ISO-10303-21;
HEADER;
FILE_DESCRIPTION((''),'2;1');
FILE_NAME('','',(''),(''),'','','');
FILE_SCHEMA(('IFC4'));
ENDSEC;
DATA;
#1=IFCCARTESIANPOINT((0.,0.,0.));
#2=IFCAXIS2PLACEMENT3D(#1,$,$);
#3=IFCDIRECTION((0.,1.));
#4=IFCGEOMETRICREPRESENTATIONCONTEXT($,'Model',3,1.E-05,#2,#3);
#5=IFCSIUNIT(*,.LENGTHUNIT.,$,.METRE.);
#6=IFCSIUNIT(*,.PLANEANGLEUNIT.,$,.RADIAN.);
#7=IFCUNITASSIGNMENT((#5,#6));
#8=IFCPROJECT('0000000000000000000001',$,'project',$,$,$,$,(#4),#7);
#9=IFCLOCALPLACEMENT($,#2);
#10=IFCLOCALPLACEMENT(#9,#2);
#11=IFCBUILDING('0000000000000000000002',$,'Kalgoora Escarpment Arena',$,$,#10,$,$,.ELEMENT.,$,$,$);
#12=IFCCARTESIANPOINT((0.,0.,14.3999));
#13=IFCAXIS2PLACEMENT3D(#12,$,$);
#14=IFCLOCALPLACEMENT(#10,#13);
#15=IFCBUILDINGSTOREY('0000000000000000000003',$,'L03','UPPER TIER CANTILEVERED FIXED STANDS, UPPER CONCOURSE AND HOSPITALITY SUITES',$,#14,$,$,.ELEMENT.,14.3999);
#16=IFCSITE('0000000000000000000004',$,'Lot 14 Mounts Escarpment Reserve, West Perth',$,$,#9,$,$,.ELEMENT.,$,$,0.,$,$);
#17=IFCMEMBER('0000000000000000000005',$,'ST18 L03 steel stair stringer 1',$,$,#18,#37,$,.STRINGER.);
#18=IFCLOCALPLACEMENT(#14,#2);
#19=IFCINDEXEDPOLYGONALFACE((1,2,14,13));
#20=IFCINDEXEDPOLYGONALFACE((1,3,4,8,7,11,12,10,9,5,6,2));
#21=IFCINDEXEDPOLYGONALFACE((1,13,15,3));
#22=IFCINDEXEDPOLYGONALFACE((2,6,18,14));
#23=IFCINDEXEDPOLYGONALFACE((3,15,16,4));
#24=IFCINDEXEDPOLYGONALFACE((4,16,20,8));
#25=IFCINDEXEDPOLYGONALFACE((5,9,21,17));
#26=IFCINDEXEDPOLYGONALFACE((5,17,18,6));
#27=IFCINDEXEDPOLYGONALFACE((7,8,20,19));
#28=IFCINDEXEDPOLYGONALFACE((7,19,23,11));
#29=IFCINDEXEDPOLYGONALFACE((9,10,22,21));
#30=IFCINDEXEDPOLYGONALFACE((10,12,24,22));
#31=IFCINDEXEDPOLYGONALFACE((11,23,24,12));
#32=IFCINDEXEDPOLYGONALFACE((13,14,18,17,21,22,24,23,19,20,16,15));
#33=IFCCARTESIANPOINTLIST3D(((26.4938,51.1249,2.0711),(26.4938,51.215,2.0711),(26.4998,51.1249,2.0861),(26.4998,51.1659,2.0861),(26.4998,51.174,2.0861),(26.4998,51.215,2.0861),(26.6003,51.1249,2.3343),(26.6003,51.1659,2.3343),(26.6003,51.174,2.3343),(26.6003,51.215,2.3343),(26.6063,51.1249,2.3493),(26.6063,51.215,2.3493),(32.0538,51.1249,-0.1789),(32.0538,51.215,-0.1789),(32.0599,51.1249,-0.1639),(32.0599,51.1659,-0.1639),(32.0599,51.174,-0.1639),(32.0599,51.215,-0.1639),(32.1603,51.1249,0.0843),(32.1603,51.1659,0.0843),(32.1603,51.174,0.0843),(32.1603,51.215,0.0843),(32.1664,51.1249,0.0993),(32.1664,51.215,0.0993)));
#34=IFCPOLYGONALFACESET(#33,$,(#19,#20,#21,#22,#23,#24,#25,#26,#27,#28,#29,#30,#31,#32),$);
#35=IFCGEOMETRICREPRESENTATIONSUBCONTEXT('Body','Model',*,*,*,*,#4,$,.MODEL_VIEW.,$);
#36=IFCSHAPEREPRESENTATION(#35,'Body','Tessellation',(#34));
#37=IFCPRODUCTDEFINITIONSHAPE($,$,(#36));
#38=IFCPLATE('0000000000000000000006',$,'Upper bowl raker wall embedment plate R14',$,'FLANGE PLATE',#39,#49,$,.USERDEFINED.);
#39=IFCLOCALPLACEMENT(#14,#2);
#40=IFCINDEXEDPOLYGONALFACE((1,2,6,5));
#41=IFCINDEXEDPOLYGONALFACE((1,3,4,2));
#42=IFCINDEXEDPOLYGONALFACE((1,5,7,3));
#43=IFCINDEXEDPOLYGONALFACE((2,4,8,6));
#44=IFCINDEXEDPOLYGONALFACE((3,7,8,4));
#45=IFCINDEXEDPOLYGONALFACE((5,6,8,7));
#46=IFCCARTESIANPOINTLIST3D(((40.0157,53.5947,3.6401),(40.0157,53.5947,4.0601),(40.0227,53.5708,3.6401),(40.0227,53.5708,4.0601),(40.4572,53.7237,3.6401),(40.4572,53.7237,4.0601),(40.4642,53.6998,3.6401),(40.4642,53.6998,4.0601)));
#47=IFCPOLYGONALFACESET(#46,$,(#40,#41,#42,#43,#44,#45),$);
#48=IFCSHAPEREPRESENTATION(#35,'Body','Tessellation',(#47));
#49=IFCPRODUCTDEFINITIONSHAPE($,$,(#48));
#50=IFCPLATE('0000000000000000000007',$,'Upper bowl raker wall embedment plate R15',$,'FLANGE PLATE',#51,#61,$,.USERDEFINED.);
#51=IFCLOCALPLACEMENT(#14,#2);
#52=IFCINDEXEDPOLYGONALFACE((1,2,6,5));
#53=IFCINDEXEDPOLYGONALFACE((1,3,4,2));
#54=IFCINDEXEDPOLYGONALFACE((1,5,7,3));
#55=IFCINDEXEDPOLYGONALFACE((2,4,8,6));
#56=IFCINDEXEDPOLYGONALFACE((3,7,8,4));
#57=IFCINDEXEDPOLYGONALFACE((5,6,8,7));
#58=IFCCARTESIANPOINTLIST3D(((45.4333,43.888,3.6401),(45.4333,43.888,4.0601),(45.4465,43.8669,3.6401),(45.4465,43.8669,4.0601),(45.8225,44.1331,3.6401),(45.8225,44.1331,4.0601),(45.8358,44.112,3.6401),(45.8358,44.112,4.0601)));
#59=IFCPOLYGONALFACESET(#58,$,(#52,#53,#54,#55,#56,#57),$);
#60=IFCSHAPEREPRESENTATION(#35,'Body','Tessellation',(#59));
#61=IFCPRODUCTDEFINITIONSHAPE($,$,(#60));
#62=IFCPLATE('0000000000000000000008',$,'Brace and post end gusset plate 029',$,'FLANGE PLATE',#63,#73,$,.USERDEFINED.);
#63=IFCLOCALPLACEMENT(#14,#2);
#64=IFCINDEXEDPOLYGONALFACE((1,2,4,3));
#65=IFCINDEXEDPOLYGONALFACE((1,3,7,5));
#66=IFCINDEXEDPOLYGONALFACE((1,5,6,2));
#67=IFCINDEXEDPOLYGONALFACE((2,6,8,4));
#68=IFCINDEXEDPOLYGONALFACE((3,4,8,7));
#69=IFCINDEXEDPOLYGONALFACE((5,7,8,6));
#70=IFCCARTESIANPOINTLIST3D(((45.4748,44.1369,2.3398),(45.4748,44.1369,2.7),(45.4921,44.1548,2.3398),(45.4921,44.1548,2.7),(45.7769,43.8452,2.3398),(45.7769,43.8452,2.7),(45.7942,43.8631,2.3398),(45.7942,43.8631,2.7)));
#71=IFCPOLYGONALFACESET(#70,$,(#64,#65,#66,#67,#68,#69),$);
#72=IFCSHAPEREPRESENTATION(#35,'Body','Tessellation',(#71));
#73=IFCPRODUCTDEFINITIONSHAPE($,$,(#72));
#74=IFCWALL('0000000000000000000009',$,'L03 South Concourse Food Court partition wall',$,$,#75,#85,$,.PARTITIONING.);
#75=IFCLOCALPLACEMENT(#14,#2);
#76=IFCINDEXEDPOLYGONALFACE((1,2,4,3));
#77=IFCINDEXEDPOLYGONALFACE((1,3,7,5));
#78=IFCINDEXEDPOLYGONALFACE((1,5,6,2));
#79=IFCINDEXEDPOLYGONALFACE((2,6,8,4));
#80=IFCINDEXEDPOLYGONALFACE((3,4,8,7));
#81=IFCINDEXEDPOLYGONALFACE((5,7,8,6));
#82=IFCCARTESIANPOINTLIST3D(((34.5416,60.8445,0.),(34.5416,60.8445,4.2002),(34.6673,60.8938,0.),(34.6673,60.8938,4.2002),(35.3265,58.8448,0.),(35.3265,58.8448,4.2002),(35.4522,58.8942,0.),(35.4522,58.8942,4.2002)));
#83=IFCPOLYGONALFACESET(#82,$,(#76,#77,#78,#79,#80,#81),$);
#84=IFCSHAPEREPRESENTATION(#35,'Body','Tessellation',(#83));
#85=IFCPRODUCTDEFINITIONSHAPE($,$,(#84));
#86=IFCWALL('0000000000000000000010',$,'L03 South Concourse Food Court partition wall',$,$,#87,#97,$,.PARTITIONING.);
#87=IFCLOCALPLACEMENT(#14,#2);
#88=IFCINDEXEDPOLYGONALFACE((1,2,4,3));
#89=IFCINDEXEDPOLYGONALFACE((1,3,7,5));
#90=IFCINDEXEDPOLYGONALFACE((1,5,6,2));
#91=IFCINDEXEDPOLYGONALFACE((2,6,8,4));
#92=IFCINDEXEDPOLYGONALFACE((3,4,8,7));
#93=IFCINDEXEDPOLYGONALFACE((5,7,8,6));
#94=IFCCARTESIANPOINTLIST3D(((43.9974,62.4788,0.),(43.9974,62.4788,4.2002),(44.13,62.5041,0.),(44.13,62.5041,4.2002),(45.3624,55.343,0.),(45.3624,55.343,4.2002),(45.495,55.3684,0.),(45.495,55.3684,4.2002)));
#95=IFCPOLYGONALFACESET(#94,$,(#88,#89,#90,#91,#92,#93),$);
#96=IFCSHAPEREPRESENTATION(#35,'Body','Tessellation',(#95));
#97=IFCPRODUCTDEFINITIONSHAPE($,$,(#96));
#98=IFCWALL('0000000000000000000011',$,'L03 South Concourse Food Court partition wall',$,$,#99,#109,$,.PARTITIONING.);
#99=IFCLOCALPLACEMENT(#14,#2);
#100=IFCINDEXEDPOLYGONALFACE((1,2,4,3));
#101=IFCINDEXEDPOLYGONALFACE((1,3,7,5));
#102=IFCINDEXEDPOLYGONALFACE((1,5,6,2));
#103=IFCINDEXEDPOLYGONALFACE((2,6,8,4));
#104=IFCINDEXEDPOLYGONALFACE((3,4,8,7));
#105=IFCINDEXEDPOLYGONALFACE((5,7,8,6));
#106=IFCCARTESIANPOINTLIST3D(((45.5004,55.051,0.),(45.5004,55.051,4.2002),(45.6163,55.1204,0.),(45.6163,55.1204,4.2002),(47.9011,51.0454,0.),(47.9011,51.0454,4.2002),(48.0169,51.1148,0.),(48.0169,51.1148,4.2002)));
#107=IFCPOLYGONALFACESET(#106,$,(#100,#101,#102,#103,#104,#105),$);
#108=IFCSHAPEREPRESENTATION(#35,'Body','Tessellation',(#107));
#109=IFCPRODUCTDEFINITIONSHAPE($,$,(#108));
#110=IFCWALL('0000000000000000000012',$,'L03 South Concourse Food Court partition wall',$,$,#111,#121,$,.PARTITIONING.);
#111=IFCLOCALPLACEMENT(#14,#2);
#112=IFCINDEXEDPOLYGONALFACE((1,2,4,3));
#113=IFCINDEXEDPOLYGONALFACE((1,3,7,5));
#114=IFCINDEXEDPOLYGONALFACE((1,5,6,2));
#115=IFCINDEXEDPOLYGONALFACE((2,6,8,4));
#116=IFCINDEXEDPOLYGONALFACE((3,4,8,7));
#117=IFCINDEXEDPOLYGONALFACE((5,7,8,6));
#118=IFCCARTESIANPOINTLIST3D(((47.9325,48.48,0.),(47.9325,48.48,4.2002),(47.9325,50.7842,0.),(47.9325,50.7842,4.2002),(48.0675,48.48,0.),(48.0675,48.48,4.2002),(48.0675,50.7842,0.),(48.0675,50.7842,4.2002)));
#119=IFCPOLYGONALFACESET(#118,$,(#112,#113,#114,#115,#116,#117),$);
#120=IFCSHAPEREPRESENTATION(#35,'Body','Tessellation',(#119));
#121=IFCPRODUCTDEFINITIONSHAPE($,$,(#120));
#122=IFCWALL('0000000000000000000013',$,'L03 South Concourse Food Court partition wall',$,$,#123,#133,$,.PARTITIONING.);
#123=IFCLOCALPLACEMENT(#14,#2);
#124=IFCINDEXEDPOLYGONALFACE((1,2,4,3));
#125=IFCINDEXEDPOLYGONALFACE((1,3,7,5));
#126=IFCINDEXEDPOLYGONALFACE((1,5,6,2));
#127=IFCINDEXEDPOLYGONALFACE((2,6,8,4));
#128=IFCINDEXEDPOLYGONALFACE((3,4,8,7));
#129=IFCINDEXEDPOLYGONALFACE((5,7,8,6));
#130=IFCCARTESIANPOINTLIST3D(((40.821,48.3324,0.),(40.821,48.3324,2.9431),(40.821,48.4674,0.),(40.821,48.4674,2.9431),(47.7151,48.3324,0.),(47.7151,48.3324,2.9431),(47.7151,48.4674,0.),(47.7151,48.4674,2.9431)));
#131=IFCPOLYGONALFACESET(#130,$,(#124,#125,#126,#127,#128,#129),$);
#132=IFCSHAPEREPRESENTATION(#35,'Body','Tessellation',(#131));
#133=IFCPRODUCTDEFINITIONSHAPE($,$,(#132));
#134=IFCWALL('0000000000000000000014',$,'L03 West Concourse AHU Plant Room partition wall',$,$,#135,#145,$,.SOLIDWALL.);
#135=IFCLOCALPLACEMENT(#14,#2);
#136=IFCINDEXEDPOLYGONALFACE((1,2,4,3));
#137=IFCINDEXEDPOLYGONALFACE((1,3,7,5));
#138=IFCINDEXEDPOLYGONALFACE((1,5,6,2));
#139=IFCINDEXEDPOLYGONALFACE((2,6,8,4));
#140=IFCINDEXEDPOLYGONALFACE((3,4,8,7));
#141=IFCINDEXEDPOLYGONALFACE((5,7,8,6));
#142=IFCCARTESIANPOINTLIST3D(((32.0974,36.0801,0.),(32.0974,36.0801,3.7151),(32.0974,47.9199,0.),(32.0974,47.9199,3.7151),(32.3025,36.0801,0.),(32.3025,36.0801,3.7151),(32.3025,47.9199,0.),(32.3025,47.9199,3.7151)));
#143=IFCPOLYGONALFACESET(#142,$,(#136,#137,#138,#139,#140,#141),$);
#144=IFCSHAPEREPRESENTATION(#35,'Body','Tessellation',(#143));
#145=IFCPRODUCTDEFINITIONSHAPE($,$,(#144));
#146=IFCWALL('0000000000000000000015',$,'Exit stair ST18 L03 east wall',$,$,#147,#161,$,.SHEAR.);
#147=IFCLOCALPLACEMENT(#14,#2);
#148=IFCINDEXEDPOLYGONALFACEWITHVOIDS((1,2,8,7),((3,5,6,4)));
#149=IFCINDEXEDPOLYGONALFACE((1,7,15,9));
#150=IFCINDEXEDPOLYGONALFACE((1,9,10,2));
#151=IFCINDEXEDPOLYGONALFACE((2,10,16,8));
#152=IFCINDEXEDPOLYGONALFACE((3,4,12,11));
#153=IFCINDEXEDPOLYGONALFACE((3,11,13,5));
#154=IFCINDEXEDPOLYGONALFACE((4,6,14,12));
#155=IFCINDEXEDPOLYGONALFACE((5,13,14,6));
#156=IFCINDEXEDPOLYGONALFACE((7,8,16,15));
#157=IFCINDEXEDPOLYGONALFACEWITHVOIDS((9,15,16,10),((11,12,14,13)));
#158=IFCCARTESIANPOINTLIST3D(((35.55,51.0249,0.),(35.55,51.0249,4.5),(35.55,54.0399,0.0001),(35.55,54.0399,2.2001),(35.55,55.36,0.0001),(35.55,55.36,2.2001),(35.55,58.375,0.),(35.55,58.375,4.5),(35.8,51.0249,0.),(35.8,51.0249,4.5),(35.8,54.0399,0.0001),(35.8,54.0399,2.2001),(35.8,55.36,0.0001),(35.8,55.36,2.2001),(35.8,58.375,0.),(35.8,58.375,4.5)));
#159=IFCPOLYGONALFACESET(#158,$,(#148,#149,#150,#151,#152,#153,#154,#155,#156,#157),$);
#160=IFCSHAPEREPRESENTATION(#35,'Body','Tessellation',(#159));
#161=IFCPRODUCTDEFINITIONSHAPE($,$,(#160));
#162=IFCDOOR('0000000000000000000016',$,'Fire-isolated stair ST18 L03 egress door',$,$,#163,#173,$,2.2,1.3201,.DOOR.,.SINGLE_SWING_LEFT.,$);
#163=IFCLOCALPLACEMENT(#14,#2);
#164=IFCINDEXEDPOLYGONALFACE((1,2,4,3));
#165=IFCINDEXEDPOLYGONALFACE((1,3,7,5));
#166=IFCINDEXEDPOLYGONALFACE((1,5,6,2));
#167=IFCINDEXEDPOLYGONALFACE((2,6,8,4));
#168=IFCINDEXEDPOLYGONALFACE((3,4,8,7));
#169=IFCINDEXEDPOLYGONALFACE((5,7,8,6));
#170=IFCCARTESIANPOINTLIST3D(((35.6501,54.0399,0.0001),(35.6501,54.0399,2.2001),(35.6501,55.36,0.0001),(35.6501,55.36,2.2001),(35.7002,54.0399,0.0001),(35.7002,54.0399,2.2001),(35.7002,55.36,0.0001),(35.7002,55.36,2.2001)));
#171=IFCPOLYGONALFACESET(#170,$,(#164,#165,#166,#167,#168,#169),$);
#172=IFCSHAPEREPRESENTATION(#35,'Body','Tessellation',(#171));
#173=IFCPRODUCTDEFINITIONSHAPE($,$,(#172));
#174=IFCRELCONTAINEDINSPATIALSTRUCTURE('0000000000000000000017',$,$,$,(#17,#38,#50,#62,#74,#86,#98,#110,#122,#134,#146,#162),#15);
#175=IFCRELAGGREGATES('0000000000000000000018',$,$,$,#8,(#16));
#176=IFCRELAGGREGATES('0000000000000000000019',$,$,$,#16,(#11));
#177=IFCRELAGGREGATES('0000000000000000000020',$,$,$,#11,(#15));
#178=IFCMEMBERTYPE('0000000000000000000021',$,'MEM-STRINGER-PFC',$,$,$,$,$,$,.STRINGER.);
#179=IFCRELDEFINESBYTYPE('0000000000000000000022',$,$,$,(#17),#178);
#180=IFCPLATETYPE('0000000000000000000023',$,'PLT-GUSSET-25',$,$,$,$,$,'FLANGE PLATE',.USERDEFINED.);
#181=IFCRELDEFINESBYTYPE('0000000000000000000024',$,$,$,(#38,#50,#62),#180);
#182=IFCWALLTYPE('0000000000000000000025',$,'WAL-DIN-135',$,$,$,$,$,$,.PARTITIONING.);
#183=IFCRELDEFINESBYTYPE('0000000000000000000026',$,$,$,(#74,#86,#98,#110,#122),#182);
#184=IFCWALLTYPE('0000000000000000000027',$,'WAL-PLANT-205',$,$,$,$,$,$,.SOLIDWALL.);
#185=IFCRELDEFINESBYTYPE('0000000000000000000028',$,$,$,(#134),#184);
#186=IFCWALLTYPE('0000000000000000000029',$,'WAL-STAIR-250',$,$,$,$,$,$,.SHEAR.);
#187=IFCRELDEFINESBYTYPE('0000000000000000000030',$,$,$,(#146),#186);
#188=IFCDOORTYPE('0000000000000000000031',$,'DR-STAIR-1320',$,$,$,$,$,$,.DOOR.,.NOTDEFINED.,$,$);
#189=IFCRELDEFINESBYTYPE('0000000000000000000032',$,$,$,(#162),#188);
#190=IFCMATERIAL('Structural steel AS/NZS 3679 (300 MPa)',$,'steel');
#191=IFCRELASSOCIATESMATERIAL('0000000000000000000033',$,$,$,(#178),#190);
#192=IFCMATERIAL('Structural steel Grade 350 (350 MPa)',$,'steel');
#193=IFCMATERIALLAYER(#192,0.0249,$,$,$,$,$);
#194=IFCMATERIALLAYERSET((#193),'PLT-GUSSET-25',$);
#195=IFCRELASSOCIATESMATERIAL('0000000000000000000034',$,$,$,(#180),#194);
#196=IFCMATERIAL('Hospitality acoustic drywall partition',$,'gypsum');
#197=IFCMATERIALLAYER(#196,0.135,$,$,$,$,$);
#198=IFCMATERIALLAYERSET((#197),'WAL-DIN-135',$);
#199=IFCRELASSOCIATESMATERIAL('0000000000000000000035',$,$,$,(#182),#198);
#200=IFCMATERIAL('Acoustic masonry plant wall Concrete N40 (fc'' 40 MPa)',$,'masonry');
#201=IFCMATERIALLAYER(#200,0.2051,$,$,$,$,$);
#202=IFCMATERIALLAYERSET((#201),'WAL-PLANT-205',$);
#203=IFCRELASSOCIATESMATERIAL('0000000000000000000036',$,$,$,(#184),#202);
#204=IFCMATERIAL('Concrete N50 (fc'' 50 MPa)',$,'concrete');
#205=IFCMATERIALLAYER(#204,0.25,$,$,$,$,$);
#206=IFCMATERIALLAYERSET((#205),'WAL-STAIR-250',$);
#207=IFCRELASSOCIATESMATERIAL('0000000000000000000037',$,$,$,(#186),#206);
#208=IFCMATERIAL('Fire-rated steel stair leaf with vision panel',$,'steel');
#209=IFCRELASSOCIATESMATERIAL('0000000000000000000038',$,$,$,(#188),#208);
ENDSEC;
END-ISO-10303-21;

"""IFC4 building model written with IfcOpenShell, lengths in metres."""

from ifc_helpers import new_model, si_unit, direction, frame, frame_2d, origin, origin_2d, place, context, subcontext, project, spatial, rectangle, i_section, extrude, material, layer, layer_set, material_profile, profile_set, type_object, element, fill, save


model = new_model("IFC4")

# Units and contexts
model_context = context("Model", 3, precision=1e-05, world=origin(), true_north=direction((0.0, 1.0)))
body_context = subcontext(model_context, "Body", "Model", "MODEL_VIEW")
ifc_project = project(units=[si_unit("LENGTHUNIT", "METRE"), si_unit("PLANEANGLEUNIT", "RADIAN")], contexts=[model_context])

# Site, building, storey
site_placement = place(None, origin())
site = spatial("IfcSite", under=ifc_project, at=site_placement, Name="Lot 14 Mounts Escarpment Reserve, West Perth", CompositionType="ELEMENT", RefElevation=0.0)
building_placement = place(site_placement, origin())
building = spatial("IfcBuilding", under=site, at=building_placement, Name="Kalgoora Escarpment Arena", CompositionType="ELEMENT")
storey_placement = place(building_placement, frame((0.0, 0.0, 14.3999)))
storey = spatial("IfcBuildingStorey", under=building, at=storey_placement, Name="L03", Description="UPPER TIER CANTILEVERED FIXED STANDS, UPPER CONCOURSE AND HOSPITALITY SUITES", CompositionType="ELEMENT", Elevation=14.3999)

# Member
ifc_material_1 = material(Name="Structural steel AS/NZS 3679 (300 MPa)", Category="steel")
ifc_material_profile_1 = material_profile(ifc_material_1, i_section(OverallWidth=0.0901, OverallDepth=0.3, WebThickness=0.0081, FlangeThickness=0.0161, at=origin_2d()))
ifc_profile_set_1 = profile_set([ifc_material_profile_1], Name="Structural steel AS/NZS 3679 (300 MPa)")
member_type_1 = type_object("IfcMemberType", Name="MEM-STRINGER-PFC", PredefinedType="STRINGER", material=ifc_profile_set_1)
member_1_placement = place(storey_placement, frame((32.1101, 51.1699, -0.0398), z_axis=(-0.926976, 0.0, 0.375121), x_axis=(0.0, -1.0, 0.0)))
element("IfcMember", 1, at=member_1_placement, inside=storey, type_object=member_type_1, Name="ST18 L03 steel stair stringer 1", PredefinedType="STRINGER", context=body_context, shape_type="SweptSolid", body=[
    extrude(i_section(OverallWidth=0.0901, OverallDepth=0.3, WebThickness=0.0081, FlangeThickness=0.0161, at=origin_2d()), origin(), (0.0, 0.0, 1.0), 5.998),
])

# Plates
ifc_material_2 = material(Name="Structural steel Grade 350 (350 MPa)", Category="steel")
ifc_layer_1 = layer(ifc_material_2, 0.0249)
ifc_layer_set_1 = layer_set([ifc_layer_1], Name="PLT-GUSSET-25")
plate_type = type_object("IfcPlateType", Name="PLT-GUSSET-25", ElementType="FLANGE PLATE", PredefinedType="USERDEFINED", material=ifc_layer_set_1)
for number, where, z_axis, x_axis, name in (
    (2, (40.24, 53.6472, 3.6401), (0.0, 0.0, 1.0), (-0.959854, -0.280499, 0.0), "Upper bowl raker wall embedment plate R14"),
    (3, (45.6345, 44.0, 3.6401), (0.0, 0.0, 1.0), (-0.846193, -0.532876, 0.0), "Upper bowl raker wall embedment plate R15"),
):
    element("IfcPlate", number, at=place(storey_placement, frame(where, z_axis=z_axis, x_axis=x_axis)), inside=storey, type_object=plate_type, Name=name, ObjectType="FLANGE PLATE", PredefinedType="USERDEFINED", context=body_context, shape_type="SweptSolid", body=[
        extrude(rectangle(XDim=0.46, YDim=0.0249, at=origin_2d()), origin(), (0.0, 0.0, 1.0), 0.4199),
    ])
plate_placement = place(storey_placement, frame((45.6345, 44.0, 2.3398), z_axis=(0.0, 0.0, 1.0), x_axis=(0.71934, -0.694658, 0.0)))
element("IfcPlate", 4, at=plate_placement, inside=storey, type_object=plate_type, Name="Brace and post end gusset plate 029", ObjectType="FLANGE PLATE", PredefinedType="USERDEFINED", context=body_context, shape_type="SweptSolid", body=[
    extrude(rectangle(XDim=0.4199, YDim=0.0249, at=origin_2d()), origin(), (0.0, 0.0, 1.0), 0.3601),
])

# Walls
ifc_material_3 = material(Name="Hospitality acoustic drywall partition", Category="gypsum")
ifc_layer_2 = layer(ifc_material_3, 0.135)
ifc_layer_set_2 = layer_set([ifc_layer_2], Name="WAL-DIN-135")
wall_type_1 = type_object("IfcWallType", Name="WAL-DIN-135", PredefinedType="PARTITIONING", material=ifc_layer_set_2)
wall_1_placement = place(storey_placement, frame((35.3894, 58.8694, 0.0), z_axis=(0.0, 0.0, 1.0), x_axis=(-0.365368, 0.930863, 0.0)))
element("IfcWall", 5, at=wall_1_placement, inside=storey, type_object=wall_type_1, Name="L03 South Concourse Food Court partition wall", PredefinedType="PARTITIONING", context=body_context, shape_type="SweptSolid", body=[
    extrude(rectangle(XDim=2.1482, YDim=0.135, at=frame_2d((1.0742, 0.0))), origin(), (0.0, 0.0, 1.0), 4.2002),
])
wall_2_placement = place(storey_placement, frame((44.0637, 62.4915, 0.0), z_axis=(0.0, 0.0, 1.0), x_axis=(0.187883, -0.982191, 0.0)))
element("IfcWall", 6, at=wall_2_placement, inside=storey, type_object=wall_type_1, Name="L03 South Concourse Food Court partition wall", PredefinedType="PARTITIONING", context=body_context, shape_type="SweptSolid", body=[
    extrude(rectangle(XDim=7.2651, YDim=0.135, at=frame_2d((3.6326, 0.0))), origin(), (0.0, 0.0, 1.0), 4.2002),
])
wall_3_placement = place(storey_placement, frame((45.5583, 55.0857, 0.0), z_axis=(0.0, 0.0, 1.0), x_axis=(0.514065, -0.857751, 0.0)))
element("IfcWall", 7, at=wall_3_placement, inside=storey, type_object=wall_type_1, Name="L03 South Concourse Food Court partition wall", PredefinedType="PARTITIONING", context=body_context, shape_type="SweptSolid", body=[
    extrude(rectangle(XDim=4.6699, YDim=0.135, at=frame_2d((2.335, 0.0))), origin(), (0.0, 0.0, 1.0), 4.2002),
])
wall_4_placement = place(storey_placement, frame((48.0, 50.7842, 0.0), z_axis=(0.0, 0.0, 1.0), x_axis=(0.0, -1.0, 0.0)))
element("IfcWall", 8, at=wall_4_placement, inside=storey, type_object=wall_type_1, Name="L03 South Concourse Food Court partition wall", PredefinedType="PARTITIONING", context=body_context, shape_type="SweptSolid", body=[
    extrude(rectangle(XDim=2.3042, YDim=0.135, at=frame_2d((1.1521, 0.0))), origin(), (0.0, 0.0, 1.0), 4.2002),
])
wall_5_placement = place(storey_placement, frame((47.7151, 48.3999, 0.0), z_axis=(0.0, 0.0, 1.0), x_axis=(-1.0, 0.0, 0.0)))
element("IfcWall", 9, at=wall_5_placement, inside=storey, type_object=wall_type_1, Name="L03 South Concourse Food Court partition wall", PredefinedType="PARTITIONING", context=body_context, shape_type="SweptSolid", body=[
    extrude(rectangle(XDim=6.894, YDim=0.135, at=frame_2d((3.447, 0.0))), origin(), (0.0, 0.0, 1.0), 2.9431),
])
ifc_material_4 = material(Name="Acoustic masonry plant wall Concrete N40 (fc' 40 MPa)", Category="masonry")
ifc_layer_3 = layer(ifc_material_4, 0.2051)
ifc_layer_set_3 = layer_set([ifc_layer_3], Name="WAL-PLANT-205")
wall_type_2 = type_object("IfcWallType", Name="WAL-PLANT-205", PredefinedType="SOLIDWALL", material=ifc_layer_set_3)
wall_6_placement = place(storey_placement, frame((32.2, 47.9199, 0.0), z_axis=(0.0, 0.0, 1.0), x_axis=(0.0, -1.0, 0.0)))
element("IfcWall", 10, at=wall_6_placement, inside=storey, type_object=wall_type_2, Name="L03 West Concourse AHU Plant Room partition wall", PredefinedType="SOLIDWALL", context=body_context, shape_type="SweptSolid", body=[
    extrude(rectangle(XDim=11.8398, YDim=0.2051, at=frame_2d((5.9199, 0.0))), origin(), (0.0, 0.0, 1.0), 3.7151),
])

# Wall, opening, door
ifc_material_5 = material(Name="Concrete N50 (fc' 50 MPa)", Category="concrete")
ifc_layer_4 = layer(ifc_material_5, 0.25)
ifc_layer_set_4 = layer_set([ifc_layer_4], Name="WAL-STAIR-250")
wall_type_3 = type_object("IfcWallType", Name="WAL-STAIR-250", PredefinedType="SHEAR", material=ifc_layer_set_4)
wall_7_placement = place(storey_placement, frame((35.675, 51.0249, 0.0), z_axis=(0.0, 0.0, 1.0), x_axis=(0.0, 1.0, 0.0)))
wall_7 = element("IfcWall", 11, at=wall_7_placement, inside=storey, type_object=wall_type_3, Name="Exit stair ST18 L03 east wall", PredefinedType="SHEAR", context=body_context, shape_type="SweptSolid", body=[
    extrude(rectangle(XDim=7.3501, YDim=0.25, at=frame_2d((3.675, 0.0))), origin(), (0.0, 0.0, 1.0), 4.5),
])
opening_1_placement = place(wall_7_placement, frame((3.0149, 0.0, 0.0)))
opening_1 = element("IfcOpeningElement", 12, at=opening_1_placement, cuts=wall_7, PredefinedType="OPENING", context=body_context, shape_type="SweptSolid", body=[
    extrude(rectangle(XDim=1.3201, YDim=2.2, at=frame_2d((0.6602, 1.1001))), frame((0.0, 0.135, 0.0), z_axis=(0.0, -1.0, 0.0), x_axis=(1.0, 0.0, 0.0)), (0.0, 0.0, 1.0), 0.27),
])
ifc_material_6 = material(Name="Fire-rated steel stair leaf with vision panel", Category="steel")
door_type = type_object("IfcDoorType", Name="DR-STAIR-1320", OperationType="NOTDEFINED", PredefinedType="DOOR", material=ifc_material_6)
door_1_placement = place(opening_1_placement, origin())
door_1 = element("IfcDoor", 13, at=door_1_placement, inside=storey, type_object=door_type, Name="Fire-isolated stair ST18 L03 egress door", OperationType="SINGLE_SWING_LEFT", OverallHeight=2.2, OverallWidth=1.3201, PredefinedType="DOOR", context=body_context, shape_type="SweptSolid", body=[
    extrude(rectangle(XDim=1.3201, YDim=2.2, at=frame_2d((0.6602, 1.1001))), frame((0.0, 0.0249, 0.0), z_axis=(0.0, -1.0, 0.0), x_axis=(1.0, 0.0, 0.0)), (0.0, 0.0, 1.0), 0.05),
])
fill(opening_1, door_1)

save(model, "model.ifc")
